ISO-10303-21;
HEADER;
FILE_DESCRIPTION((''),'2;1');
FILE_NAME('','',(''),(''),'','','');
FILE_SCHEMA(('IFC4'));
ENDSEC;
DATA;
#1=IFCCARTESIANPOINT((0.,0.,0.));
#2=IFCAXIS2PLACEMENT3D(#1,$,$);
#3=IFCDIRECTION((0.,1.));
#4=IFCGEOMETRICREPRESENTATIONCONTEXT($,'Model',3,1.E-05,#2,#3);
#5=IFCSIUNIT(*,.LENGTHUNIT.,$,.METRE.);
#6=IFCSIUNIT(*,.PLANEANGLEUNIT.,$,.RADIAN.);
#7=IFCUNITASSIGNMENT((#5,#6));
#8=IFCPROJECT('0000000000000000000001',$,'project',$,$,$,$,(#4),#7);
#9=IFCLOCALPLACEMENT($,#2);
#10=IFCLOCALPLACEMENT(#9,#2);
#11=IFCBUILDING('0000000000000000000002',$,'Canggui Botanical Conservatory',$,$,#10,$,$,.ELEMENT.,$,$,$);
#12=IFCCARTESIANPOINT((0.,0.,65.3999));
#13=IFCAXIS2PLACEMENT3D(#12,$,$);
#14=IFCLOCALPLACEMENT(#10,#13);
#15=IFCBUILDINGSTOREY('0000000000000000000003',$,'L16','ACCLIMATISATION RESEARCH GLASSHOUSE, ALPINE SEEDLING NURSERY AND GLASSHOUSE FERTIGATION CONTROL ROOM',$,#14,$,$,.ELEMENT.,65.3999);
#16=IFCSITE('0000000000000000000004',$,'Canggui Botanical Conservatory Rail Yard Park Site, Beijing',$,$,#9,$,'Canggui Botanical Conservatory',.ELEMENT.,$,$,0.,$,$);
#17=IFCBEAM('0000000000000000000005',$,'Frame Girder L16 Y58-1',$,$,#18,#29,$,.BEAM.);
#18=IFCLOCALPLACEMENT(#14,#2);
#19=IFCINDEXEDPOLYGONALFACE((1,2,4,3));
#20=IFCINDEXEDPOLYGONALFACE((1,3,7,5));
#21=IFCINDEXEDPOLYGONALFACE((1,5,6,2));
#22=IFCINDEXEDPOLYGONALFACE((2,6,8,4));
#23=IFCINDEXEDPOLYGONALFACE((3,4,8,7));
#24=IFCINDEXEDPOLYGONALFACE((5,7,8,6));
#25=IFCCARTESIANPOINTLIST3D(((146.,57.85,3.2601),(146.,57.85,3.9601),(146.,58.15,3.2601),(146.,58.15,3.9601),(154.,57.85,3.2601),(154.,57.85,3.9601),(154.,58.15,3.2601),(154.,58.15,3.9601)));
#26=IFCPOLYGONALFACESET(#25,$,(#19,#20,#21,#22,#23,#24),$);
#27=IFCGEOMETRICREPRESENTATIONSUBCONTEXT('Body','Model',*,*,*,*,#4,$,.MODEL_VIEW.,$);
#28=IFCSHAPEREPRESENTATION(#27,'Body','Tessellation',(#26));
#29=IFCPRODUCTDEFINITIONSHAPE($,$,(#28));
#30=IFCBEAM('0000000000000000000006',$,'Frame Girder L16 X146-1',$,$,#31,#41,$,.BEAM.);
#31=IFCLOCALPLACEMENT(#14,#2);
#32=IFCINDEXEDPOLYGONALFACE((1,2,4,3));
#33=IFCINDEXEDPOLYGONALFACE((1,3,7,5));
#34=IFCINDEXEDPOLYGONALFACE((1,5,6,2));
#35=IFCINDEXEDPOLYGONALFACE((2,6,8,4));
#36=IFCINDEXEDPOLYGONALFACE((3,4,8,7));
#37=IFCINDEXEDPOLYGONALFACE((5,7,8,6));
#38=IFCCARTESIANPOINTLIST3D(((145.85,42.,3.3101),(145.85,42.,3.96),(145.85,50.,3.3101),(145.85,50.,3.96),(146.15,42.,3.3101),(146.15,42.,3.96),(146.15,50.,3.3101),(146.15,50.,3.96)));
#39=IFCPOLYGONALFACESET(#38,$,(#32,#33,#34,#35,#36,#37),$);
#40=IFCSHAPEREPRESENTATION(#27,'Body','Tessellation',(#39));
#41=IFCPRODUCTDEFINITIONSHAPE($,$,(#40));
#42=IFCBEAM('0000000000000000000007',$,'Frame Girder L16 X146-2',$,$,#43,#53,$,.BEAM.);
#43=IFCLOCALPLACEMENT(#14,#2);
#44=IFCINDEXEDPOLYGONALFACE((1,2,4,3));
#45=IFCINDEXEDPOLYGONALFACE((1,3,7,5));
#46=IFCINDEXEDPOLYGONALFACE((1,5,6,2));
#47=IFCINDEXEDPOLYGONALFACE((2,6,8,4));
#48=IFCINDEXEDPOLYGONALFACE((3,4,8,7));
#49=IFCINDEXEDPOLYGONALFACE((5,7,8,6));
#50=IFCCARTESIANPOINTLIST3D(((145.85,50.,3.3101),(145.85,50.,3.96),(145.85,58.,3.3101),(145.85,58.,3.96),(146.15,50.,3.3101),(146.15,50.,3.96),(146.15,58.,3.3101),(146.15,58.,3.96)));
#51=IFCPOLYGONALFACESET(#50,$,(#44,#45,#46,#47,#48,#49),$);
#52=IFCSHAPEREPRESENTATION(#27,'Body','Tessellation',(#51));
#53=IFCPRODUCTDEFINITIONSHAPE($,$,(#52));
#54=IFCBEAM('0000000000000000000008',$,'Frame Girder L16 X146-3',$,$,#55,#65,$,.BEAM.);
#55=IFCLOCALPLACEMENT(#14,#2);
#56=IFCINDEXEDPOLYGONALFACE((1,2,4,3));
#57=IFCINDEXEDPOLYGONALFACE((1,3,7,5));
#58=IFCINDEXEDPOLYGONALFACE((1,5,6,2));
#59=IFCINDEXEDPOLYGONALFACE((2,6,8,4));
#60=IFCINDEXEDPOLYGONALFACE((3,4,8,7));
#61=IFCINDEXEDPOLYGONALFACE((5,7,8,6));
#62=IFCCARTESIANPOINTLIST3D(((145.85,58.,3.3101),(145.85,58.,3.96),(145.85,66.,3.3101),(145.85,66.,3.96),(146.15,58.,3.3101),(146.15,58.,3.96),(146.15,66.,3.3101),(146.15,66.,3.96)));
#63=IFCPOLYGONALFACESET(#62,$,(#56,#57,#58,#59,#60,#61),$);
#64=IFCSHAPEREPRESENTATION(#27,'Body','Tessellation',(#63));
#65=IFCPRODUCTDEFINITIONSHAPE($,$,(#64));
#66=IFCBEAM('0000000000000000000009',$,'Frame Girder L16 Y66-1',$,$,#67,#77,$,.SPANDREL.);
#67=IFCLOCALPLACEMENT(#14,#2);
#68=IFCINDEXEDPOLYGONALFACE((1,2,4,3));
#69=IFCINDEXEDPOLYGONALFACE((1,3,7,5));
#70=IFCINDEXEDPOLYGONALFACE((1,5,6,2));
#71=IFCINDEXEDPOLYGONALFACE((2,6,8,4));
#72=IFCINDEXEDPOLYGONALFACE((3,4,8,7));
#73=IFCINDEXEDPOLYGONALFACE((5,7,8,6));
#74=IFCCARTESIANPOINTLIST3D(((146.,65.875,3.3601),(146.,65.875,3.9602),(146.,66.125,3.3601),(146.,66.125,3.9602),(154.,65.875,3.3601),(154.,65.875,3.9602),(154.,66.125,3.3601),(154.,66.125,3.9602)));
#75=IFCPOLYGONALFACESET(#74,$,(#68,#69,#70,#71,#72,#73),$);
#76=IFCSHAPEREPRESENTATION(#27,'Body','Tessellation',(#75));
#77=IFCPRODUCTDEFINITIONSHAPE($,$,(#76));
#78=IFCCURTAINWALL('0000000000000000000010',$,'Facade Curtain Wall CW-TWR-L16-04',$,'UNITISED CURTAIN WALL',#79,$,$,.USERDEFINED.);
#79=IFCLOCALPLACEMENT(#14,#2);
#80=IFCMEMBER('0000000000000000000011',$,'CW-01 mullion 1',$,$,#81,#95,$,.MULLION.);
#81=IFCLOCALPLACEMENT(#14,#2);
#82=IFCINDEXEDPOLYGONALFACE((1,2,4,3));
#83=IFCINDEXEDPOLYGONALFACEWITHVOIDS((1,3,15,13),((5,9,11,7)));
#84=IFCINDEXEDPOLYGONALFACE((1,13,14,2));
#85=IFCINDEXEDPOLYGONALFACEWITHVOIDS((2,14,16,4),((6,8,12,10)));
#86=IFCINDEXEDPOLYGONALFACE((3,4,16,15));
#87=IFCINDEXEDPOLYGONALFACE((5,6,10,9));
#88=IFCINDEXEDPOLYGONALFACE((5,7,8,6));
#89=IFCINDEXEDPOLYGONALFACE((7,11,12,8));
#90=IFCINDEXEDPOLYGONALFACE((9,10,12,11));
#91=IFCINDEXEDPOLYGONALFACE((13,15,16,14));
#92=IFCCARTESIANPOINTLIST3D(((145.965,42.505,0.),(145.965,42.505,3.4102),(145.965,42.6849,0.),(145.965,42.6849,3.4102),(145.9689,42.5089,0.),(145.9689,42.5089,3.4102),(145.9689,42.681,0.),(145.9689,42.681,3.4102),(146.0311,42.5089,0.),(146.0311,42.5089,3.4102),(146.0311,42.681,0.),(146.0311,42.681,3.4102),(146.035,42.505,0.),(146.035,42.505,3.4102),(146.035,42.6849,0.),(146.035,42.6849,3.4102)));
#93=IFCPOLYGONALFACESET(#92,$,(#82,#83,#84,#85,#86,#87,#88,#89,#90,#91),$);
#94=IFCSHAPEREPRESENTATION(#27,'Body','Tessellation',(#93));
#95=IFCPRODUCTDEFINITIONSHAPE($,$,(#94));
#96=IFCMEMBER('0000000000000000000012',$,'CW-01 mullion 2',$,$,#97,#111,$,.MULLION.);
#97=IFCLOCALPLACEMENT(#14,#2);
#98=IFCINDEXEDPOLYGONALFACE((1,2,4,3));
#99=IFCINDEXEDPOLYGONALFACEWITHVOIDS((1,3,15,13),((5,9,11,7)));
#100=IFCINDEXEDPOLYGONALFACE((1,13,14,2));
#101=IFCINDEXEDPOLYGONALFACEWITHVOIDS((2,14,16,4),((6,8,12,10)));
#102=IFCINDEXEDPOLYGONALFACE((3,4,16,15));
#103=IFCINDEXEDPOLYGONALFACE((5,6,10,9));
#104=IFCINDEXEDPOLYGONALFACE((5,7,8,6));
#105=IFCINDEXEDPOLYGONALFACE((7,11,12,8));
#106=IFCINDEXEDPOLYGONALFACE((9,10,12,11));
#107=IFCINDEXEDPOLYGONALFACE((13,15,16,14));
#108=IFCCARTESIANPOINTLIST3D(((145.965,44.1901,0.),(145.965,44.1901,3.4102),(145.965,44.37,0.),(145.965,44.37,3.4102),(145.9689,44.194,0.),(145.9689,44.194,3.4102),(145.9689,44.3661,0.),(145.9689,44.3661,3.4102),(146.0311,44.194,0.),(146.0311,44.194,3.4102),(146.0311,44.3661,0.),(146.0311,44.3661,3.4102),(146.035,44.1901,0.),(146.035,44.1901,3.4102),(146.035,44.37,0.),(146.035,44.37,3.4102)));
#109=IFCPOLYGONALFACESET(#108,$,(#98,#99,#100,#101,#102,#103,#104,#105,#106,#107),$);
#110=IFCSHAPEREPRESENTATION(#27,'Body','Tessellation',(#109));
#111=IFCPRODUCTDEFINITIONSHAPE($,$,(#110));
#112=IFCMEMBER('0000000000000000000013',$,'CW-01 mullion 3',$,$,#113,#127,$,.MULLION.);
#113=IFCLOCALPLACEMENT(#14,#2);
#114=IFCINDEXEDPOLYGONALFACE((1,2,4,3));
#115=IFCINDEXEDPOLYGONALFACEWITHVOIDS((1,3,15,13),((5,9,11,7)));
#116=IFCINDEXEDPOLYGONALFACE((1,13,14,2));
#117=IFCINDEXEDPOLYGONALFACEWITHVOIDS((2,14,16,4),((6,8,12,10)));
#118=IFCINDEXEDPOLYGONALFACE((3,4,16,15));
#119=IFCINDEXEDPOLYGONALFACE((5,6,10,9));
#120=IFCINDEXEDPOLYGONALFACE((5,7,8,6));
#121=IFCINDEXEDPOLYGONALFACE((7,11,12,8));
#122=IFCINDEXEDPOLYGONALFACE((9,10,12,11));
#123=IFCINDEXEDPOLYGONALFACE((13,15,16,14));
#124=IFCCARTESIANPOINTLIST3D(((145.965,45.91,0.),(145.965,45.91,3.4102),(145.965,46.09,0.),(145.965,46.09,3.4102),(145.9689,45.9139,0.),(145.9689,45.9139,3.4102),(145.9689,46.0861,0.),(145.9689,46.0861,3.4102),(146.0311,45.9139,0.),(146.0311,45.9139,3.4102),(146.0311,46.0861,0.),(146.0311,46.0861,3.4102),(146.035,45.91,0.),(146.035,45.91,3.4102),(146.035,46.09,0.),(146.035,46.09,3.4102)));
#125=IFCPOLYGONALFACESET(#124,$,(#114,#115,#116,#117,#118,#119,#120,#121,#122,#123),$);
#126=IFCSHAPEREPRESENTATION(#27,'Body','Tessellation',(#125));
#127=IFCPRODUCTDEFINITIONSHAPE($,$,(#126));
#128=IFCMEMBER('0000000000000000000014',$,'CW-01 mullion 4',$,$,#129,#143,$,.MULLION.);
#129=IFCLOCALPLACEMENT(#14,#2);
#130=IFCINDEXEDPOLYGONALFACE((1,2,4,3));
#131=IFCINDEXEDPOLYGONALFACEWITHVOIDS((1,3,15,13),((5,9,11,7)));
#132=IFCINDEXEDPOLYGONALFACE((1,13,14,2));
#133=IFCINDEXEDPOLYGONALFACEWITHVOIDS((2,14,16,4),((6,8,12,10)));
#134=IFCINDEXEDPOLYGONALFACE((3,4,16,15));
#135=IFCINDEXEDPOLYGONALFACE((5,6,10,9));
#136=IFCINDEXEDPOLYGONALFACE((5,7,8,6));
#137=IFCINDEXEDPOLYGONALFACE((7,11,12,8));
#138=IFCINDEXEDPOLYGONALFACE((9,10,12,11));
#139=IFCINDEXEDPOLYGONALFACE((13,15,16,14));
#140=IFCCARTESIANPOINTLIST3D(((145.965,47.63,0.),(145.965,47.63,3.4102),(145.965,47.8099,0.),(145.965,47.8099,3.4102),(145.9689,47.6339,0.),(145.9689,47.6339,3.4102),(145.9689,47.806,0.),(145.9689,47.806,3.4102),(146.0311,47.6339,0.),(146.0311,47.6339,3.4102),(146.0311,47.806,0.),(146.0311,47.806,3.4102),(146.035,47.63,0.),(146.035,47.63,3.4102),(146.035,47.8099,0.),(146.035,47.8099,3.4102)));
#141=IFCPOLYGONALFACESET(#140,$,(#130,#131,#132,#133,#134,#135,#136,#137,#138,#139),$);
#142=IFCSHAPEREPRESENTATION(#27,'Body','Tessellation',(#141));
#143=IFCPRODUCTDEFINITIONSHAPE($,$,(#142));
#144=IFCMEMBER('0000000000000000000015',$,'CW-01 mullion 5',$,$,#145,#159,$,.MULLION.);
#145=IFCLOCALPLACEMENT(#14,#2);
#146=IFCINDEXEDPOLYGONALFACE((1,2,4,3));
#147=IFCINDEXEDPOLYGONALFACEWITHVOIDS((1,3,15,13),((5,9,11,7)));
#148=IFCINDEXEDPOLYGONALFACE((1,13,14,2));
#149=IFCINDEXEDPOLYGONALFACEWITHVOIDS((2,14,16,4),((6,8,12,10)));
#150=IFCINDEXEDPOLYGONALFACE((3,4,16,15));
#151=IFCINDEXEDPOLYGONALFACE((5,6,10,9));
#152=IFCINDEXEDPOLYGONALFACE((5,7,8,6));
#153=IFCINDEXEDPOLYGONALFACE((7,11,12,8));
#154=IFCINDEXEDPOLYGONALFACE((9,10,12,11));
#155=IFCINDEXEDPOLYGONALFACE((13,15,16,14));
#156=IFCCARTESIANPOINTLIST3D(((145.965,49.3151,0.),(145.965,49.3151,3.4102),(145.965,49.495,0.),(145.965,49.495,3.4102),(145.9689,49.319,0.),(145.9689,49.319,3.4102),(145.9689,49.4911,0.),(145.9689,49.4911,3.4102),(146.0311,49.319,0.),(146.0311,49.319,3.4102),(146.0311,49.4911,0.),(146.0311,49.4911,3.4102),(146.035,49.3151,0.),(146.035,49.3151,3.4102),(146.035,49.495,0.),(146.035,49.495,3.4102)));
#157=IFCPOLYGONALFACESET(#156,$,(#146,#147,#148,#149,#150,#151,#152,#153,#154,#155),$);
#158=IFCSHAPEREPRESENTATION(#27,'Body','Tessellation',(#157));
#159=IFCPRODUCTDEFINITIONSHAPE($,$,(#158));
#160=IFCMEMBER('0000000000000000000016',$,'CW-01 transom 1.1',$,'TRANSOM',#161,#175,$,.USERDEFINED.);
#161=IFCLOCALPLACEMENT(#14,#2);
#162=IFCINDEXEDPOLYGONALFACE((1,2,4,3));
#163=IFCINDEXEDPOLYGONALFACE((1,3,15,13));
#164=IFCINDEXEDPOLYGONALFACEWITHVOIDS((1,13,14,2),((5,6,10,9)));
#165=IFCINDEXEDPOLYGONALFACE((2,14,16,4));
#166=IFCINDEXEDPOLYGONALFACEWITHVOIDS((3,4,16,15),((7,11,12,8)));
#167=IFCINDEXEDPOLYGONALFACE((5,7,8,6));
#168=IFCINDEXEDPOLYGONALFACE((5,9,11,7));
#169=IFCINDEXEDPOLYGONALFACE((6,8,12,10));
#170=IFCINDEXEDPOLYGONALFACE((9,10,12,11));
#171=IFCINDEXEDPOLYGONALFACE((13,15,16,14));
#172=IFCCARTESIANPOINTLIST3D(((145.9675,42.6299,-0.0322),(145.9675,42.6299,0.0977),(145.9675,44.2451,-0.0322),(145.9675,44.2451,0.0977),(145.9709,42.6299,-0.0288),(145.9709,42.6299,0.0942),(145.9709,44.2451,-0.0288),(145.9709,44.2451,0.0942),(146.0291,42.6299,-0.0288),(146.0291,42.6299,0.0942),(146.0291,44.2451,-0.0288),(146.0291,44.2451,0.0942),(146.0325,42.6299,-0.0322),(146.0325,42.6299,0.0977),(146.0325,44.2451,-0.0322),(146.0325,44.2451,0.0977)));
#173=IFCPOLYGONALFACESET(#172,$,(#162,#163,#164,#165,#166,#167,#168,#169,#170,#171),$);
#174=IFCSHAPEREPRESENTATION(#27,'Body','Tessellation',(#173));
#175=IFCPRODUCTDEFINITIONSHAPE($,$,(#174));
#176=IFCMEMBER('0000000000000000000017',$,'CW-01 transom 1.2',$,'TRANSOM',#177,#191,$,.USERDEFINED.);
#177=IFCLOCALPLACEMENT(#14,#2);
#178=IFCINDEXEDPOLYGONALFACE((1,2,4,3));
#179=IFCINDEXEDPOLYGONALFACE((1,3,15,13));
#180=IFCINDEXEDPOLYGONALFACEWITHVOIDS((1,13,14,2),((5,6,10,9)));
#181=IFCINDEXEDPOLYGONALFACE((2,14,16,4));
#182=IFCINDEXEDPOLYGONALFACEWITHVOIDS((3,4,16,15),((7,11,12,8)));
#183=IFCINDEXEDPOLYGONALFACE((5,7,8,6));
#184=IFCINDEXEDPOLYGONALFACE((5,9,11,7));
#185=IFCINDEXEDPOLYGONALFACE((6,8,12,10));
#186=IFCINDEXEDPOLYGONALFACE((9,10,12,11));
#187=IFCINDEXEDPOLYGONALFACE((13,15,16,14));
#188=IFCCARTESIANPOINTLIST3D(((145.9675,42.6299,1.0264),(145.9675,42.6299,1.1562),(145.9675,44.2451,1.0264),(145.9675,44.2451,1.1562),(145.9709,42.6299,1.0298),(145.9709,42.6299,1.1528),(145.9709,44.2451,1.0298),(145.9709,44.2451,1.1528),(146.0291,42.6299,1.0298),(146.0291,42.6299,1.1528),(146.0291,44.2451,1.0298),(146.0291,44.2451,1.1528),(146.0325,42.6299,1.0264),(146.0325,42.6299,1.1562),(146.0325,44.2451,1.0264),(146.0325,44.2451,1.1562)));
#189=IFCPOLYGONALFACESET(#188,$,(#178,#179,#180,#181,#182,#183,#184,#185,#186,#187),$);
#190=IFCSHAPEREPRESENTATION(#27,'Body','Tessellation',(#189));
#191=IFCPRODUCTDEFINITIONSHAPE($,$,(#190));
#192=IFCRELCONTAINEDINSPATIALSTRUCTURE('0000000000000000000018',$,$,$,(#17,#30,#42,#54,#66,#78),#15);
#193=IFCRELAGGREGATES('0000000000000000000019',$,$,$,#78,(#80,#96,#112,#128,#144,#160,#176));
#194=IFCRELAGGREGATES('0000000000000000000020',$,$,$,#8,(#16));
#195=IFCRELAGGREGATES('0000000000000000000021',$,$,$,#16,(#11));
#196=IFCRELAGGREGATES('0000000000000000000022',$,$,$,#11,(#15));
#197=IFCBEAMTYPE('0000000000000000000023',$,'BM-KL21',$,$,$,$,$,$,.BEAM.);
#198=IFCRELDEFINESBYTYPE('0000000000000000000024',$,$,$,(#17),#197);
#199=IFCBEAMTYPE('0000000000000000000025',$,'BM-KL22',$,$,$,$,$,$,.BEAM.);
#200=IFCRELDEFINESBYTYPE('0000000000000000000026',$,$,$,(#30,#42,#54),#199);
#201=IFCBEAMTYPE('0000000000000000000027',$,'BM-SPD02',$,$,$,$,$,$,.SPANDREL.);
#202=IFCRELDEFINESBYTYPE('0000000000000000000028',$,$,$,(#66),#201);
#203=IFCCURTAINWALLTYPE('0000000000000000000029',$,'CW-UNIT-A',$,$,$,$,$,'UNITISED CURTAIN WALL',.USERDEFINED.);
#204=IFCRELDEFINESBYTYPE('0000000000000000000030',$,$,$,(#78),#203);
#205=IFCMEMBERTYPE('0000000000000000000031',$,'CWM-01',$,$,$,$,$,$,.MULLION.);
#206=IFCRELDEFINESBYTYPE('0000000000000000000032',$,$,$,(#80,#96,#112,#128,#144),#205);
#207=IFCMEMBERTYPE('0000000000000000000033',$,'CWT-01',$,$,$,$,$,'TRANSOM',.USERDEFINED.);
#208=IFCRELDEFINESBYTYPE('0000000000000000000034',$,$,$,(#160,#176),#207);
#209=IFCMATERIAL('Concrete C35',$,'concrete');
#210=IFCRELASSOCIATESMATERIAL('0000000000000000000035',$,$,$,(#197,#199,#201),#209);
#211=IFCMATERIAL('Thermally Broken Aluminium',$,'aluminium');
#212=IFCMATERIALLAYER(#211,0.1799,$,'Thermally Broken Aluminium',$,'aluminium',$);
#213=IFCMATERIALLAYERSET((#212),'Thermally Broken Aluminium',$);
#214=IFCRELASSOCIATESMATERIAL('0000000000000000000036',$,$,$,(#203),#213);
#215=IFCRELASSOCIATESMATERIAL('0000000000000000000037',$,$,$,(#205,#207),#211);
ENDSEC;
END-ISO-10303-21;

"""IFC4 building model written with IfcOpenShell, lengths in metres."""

from ifc_helpers import new_model, si_unit, direction, frame, origin, origin_2d, place, context, subcontext, project, spatial, rectangle, hollow_rectangle, extrude, material, layer, layer_set, material_profile, profile_set, type_object, element, aggregate, save


model = new_model("IFC4")

# Units and contexts
model_context = context("Model", 3, precision=1e-05, world=origin(), true_north=direction((0.0, 1.0)))
body_context = subcontext(model_context, "Body", "Model", "MODEL_VIEW")
ifc_project = project(units=[si_unit("LENGTHUNIT", "METRE"), si_unit("PLANEANGLEUNIT", "RADIAN")], contexts=[model_context])

# Site, building, storey
site_placement = place(None, origin())
site = spatial("IfcSite", under=ifc_project, at=site_placement, Name="Canggui Botanical Conservatory Rail Yard Park Site, Beijing", LongName="Canggui Botanical Conservatory", CompositionType="ELEMENT", RefElevation=0.0)
building_placement = place(site_placement, origin())
building = spatial("IfcBuilding", under=site, at=building_placement, Name="Canggui Botanical Conservatory", CompositionType="ELEMENT")
storey_placement = place(building_placement, frame((0.0, 0.0, 65.3999)))
storey = spatial("IfcBuildingStorey", under=building, at=storey_placement, Name="L16", Description="ACCLIMATISATION RESEARCH GLASSHOUSE, ALPINE SEEDLING NURSERY AND GLASSHOUSE FERTIGATION CONTROL ROOM", CompositionType="ELEMENT", Elevation=65.3999)

# Beams
ifc_material_1 = material(Name="Concrete C35", Category="concrete")
ifc_material_profile_1 = material_profile(ifc_material_1, rectangle(XDim=0.3, YDim=0.7, at=origin_2d()), Name="RB 300x700")
ifc_profile_set_1 = profile_set([ifc_material_profile_1], Name="Concrete C35")
beam_type_1 = type_object("IfcBeamType", Name="BM-KL21", PredefinedType="BEAM", material=ifc_profile_set_1)
beam_1_placement = place(storey_placement, frame((146.0, 58.0, 3.6101), z_axis=(1.0, 0.0, 0.0), x_axis=(0.0, 1.0, 0.0)))
element("IfcBeam", 1, at=beam_1_placement, inside=storey, type_object=beam_type_1, Name="Frame Girder L16 Y58-1", PredefinedType="BEAM", context=body_context, shape_type="SweptSolid", body=[
    extrude(rectangle(XDim=0.3, YDim=0.7, at=origin_2d()), origin(), (0.0, 0.0, 1.0), 8.0),
])
ifc_material_profile_2 = material_profile(ifc_material_1, rectangle(XDim=0.3, YDim=0.6499, at=origin_2d()), Name="RB 300x650")
ifc_profile_set_2 = profile_set([ifc_material_profile_2], Name="Concrete C35")
beam_type_2 = type_object("IfcBeamType", Name="BM-KL22", PredefinedType="BEAM", material=ifc_profile_set_2)
for number, where, z_axis, x_axis, name in (
    (2, (146.0, 42.0, 3.635), (0.0, 1.0, 0.0), (-1.0, 0.0, 0.0), "Frame Girder L16 X146-1"),
    (3, (146.0, 50.0, 3.635), (0.0, 1.0, 0.0), (-1.0, 0.0, 0.0), "Frame Girder L16 X146-2"),
    (4, (146.0, 58.0, 3.635), (0.0, 1.0, 0.0), (-1.0, 0.0, 0.0), "Frame Girder L16 X146-3"),
):
    element("IfcBeam", number, at=place(storey_placement, frame(where, z_axis=z_axis, x_axis=x_axis)), inside=storey, type_object=beam_type_2, Name=name, PredefinedType="BEAM", context=body_context, shape_type="SweptSolid", body=[
        extrude(rectangle(XDim=0.3, YDim=0.6499, at=origin_2d()), origin(), (0.0, 0.0, 1.0), 8.0),
    ])
ifc_material_profile_3 = material_profile(ifc_material_1, rectangle(XDim=0.25, YDim=0.6001, at=origin_2d()), Name="RB 250x600")
ifc_profile_set_3 = profile_set([ifc_material_profile_3], Name="Concrete C35")
beam_type_3 = type_object("IfcBeamType", Name="BM-SPD02", PredefinedType="SPANDREL", material=ifc_profile_set_3)
beam_2_placement = place(storey_placement, frame((146.0, 66.0, 3.6602), z_axis=(1.0, 0.0, 0.0), x_axis=(0.0, 1.0, 0.0)))
element("IfcBeam", 5, at=beam_2_placement, inside=storey, type_object=beam_type_3, Name="Frame Girder L16 Y66-1", PredefinedType="SPANDREL", context=body_context, shape_type="SweptSolid", body=[
    extrude(rectangle(XDim=0.25, YDim=0.6001, at=origin_2d()), origin(), (0.0, 0.0, 1.0), 8.0),
])

# Curtain wall, members
ifc_material_2 = material(Name="Thermally Broken Aluminium", Category="aluminium")
ifc_layer_1 = layer(ifc_material_2, 0.1799, Name="Thermally Broken Aluminium", Category="aluminium")
ifc_layer_set_1 = layer_set([ifc_layer_1], Name="Thermally Broken Aluminium")
curtain_wall_type = type_object("IfcCurtainWallType", Name="CW-UNIT-A", ElementType="UNITISED CURTAIN WALL", PredefinedType="USERDEFINED", material=ifc_layer_set_1)
curtain_wall_placement = place(storey_placement, origin())
curtain_wall = element("IfcCurtainWall", 6, at=curtain_wall_placement, inside=storey, type_object=curtain_wall_type, Name="Facade Curtain Wall CW-TWR-L16-04", ObjectType="UNITISED CURTAIN WALL", PredefinedType="USERDEFINED")
ifc_material_profile_4 = material_profile(ifc_material_2, hollow_rectangle(XDim=0.0701, YDim=0.1799, WallThickness=0.0039, at=origin_2d()), Name="CWM 70x180x4")
ifc_profile_set_4 = profile_set([ifc_material_profile_4], Name="Thermally Broken Aluminium")
member_type_1 = type_object("IfcMemberType", Name="CWM-01", PredefinedType="MULLION", material=ifc_profile_set_4)
member_1_placement = place(storey_placement, frame((146.0, 42.595, 0.0), z_axis=(0.0, 0.0, 1.0), x_axis=(-1.0, 0.0, 0.0)))
member_1 = element("IfcMember", 7, at=member_1_placement, type_object=member_type_1, Name="CW-01 mullion 1", PredefinedType="MULLION", context=body_context, shape_type="SweptSolid", body=[
    extrude(hollow_rectangle(XDim=0.0701, YDim=0.1799, WallThickness=0.0039, at=origin_2d()), origin(), (0.0, 0.0, 1.0), 3.4102),
])
member_2_placement = place(storey_placement, frame((146.0, 44.28, 0.0), z_axis=(0.0, 0.0, 1.0), x_axis=(-1.0, 0.0, 0.0)))
member_2 = element("IfcMember", 8, at=member_2_placement, type_object=member_type_1, Name="CW-01 mullion 2", PredefinedType="MULLION", context=body_context, shape_type="SweptSolid", body=[
    extrude(hollow_rectangle(XDim=0.0701, YDim=0.1799, WallThickness=0.0039, at=origin_2d()), origin(), (0.0, 0.0, 1.0), 3.4102),
])
member_3_placement = place(storey_placement, frame((146.0, 46.0, 0.0), z_axis=(0.0, 0.0, 1.0), x_axis=(-1.0, 0.0, 0.0)))
member_3 = element("IfcMember", 9, at=member_3_placement, type_object=member_type_1, Name="CW-01 mullion 3", PredefinedType="MULLION", context=body_context, shape_type="SweptSolid", body=[
    extrude(hollow_rectangle(XDim=0.0701, YDim=0.1799, WallThickness=0.0039, at=origin_2d()), origin(), (0.0, 0.0, 1.0), 3.4102),
])
member_4_placement = place(storey_placement, frame((146.0, 47.72, 0.0), z_axis=(0.0, 0.0, 1.0), x_axis=(-1.0, 0.0, 0.0)))
member_4 = element("IfcMember", 10, at=member_4_placement, type_object=member_type_1, Name="CW-01 mullion 4", PredefinedType="MULLION", context=body_context, shape_type="SweptSolid", body=[
    extrude(hollow_rectangle(XDim=0.0701, YDim=0.1799, WallThickness=0.0039, at=origin_2d()), origin(), (0.0, 0.0, 1.0), 3.4102),
])
member_5_placement = place(storey_placement, frame((146.0, 49.405, 0.0), z_axis=(0.0, 0.0, 1.0), x_axis=(-1.0, 0.0, 0.0)))
member_5 = element("IfcMember", 11, at=member_5_placement, type_object=member_type_1, Name="CW-01 mullion 5", PredefinedType="MULLION", context=body_context, shape_type="SweptSolid", body=[
    extrude(hollow_rectangle(XDim=0.0701, YDim=0.1799, WallThickness=0.0039, at=origin_2d()), origin(), (0.0, 0.0, 1.0), 3.4102),
])
ifc_material_profile_5 = material_profile(ifc_material_2, hollow_rectangle(XDim=0.0649, YDim=0.1299, WallThickness=0.0034, at=origin_2d()), Name="CWT 65x130x3.5")
ifc_profile_set_5 = profile_set([ifc_material_profile_5], Name="Thermally Broken Aluminium")
member_type_2 = type_object("IfcMemberType", Name="CWT-01", ElementType="TRANSOM", PredefinedType="USERDEFINED", material=ifc_profile_set_5)
member_6_placement = place(storey_placement, frame((146.0, 42.6299, 0.0327), z_axis=(0.0, 1.0, 0.0), x_axis=(-1.0, 0.0, 0.0)))
member_6 = element("IfcMember", 12, at=member_6_placement, type_object=member_type_2, Name="CW-01 transom 1.1", ObjectType="TRANSOM", PredefinedType="USERDEFINED", context=body_context, shape_type="SweptSolid", body=[
    extrude(hollow_rectangle(XDim=0.0649, YDim=0.1299, WallThickness=0.0034, at=origin_2d()), origin(), (0.0, 0.0, 1.0), 1.6152),
])
member_7_placement = place(storey_placement, frame((146.0, 42.6299, 1.0913), z_axis=(0.0, 1.0, 0.0), x_axis=(-1.0, 0.0, 0.0)))
member_7 = element("IfcMember", 13, at=member_7_placement, type_object=member_type_2, Name="CW-01 transom 1.2", ObjectType="TRANSOM", PredefinedType="USERDEFINED", context=body_context, shape_type="SweptSolid", body=[
    extrude(hollow_rectangle(XDim=0.0649, YDim=0.1299, WallThickness=0.0034, at=origin_2d()), origin(), (0.0, 0.0, 1.0), 1.6152),
])
aggregate(curtain_wall, [member_1, member_2, member_3, member_4, member_5, member_6, member_7])

save(model, "model.ifc")
